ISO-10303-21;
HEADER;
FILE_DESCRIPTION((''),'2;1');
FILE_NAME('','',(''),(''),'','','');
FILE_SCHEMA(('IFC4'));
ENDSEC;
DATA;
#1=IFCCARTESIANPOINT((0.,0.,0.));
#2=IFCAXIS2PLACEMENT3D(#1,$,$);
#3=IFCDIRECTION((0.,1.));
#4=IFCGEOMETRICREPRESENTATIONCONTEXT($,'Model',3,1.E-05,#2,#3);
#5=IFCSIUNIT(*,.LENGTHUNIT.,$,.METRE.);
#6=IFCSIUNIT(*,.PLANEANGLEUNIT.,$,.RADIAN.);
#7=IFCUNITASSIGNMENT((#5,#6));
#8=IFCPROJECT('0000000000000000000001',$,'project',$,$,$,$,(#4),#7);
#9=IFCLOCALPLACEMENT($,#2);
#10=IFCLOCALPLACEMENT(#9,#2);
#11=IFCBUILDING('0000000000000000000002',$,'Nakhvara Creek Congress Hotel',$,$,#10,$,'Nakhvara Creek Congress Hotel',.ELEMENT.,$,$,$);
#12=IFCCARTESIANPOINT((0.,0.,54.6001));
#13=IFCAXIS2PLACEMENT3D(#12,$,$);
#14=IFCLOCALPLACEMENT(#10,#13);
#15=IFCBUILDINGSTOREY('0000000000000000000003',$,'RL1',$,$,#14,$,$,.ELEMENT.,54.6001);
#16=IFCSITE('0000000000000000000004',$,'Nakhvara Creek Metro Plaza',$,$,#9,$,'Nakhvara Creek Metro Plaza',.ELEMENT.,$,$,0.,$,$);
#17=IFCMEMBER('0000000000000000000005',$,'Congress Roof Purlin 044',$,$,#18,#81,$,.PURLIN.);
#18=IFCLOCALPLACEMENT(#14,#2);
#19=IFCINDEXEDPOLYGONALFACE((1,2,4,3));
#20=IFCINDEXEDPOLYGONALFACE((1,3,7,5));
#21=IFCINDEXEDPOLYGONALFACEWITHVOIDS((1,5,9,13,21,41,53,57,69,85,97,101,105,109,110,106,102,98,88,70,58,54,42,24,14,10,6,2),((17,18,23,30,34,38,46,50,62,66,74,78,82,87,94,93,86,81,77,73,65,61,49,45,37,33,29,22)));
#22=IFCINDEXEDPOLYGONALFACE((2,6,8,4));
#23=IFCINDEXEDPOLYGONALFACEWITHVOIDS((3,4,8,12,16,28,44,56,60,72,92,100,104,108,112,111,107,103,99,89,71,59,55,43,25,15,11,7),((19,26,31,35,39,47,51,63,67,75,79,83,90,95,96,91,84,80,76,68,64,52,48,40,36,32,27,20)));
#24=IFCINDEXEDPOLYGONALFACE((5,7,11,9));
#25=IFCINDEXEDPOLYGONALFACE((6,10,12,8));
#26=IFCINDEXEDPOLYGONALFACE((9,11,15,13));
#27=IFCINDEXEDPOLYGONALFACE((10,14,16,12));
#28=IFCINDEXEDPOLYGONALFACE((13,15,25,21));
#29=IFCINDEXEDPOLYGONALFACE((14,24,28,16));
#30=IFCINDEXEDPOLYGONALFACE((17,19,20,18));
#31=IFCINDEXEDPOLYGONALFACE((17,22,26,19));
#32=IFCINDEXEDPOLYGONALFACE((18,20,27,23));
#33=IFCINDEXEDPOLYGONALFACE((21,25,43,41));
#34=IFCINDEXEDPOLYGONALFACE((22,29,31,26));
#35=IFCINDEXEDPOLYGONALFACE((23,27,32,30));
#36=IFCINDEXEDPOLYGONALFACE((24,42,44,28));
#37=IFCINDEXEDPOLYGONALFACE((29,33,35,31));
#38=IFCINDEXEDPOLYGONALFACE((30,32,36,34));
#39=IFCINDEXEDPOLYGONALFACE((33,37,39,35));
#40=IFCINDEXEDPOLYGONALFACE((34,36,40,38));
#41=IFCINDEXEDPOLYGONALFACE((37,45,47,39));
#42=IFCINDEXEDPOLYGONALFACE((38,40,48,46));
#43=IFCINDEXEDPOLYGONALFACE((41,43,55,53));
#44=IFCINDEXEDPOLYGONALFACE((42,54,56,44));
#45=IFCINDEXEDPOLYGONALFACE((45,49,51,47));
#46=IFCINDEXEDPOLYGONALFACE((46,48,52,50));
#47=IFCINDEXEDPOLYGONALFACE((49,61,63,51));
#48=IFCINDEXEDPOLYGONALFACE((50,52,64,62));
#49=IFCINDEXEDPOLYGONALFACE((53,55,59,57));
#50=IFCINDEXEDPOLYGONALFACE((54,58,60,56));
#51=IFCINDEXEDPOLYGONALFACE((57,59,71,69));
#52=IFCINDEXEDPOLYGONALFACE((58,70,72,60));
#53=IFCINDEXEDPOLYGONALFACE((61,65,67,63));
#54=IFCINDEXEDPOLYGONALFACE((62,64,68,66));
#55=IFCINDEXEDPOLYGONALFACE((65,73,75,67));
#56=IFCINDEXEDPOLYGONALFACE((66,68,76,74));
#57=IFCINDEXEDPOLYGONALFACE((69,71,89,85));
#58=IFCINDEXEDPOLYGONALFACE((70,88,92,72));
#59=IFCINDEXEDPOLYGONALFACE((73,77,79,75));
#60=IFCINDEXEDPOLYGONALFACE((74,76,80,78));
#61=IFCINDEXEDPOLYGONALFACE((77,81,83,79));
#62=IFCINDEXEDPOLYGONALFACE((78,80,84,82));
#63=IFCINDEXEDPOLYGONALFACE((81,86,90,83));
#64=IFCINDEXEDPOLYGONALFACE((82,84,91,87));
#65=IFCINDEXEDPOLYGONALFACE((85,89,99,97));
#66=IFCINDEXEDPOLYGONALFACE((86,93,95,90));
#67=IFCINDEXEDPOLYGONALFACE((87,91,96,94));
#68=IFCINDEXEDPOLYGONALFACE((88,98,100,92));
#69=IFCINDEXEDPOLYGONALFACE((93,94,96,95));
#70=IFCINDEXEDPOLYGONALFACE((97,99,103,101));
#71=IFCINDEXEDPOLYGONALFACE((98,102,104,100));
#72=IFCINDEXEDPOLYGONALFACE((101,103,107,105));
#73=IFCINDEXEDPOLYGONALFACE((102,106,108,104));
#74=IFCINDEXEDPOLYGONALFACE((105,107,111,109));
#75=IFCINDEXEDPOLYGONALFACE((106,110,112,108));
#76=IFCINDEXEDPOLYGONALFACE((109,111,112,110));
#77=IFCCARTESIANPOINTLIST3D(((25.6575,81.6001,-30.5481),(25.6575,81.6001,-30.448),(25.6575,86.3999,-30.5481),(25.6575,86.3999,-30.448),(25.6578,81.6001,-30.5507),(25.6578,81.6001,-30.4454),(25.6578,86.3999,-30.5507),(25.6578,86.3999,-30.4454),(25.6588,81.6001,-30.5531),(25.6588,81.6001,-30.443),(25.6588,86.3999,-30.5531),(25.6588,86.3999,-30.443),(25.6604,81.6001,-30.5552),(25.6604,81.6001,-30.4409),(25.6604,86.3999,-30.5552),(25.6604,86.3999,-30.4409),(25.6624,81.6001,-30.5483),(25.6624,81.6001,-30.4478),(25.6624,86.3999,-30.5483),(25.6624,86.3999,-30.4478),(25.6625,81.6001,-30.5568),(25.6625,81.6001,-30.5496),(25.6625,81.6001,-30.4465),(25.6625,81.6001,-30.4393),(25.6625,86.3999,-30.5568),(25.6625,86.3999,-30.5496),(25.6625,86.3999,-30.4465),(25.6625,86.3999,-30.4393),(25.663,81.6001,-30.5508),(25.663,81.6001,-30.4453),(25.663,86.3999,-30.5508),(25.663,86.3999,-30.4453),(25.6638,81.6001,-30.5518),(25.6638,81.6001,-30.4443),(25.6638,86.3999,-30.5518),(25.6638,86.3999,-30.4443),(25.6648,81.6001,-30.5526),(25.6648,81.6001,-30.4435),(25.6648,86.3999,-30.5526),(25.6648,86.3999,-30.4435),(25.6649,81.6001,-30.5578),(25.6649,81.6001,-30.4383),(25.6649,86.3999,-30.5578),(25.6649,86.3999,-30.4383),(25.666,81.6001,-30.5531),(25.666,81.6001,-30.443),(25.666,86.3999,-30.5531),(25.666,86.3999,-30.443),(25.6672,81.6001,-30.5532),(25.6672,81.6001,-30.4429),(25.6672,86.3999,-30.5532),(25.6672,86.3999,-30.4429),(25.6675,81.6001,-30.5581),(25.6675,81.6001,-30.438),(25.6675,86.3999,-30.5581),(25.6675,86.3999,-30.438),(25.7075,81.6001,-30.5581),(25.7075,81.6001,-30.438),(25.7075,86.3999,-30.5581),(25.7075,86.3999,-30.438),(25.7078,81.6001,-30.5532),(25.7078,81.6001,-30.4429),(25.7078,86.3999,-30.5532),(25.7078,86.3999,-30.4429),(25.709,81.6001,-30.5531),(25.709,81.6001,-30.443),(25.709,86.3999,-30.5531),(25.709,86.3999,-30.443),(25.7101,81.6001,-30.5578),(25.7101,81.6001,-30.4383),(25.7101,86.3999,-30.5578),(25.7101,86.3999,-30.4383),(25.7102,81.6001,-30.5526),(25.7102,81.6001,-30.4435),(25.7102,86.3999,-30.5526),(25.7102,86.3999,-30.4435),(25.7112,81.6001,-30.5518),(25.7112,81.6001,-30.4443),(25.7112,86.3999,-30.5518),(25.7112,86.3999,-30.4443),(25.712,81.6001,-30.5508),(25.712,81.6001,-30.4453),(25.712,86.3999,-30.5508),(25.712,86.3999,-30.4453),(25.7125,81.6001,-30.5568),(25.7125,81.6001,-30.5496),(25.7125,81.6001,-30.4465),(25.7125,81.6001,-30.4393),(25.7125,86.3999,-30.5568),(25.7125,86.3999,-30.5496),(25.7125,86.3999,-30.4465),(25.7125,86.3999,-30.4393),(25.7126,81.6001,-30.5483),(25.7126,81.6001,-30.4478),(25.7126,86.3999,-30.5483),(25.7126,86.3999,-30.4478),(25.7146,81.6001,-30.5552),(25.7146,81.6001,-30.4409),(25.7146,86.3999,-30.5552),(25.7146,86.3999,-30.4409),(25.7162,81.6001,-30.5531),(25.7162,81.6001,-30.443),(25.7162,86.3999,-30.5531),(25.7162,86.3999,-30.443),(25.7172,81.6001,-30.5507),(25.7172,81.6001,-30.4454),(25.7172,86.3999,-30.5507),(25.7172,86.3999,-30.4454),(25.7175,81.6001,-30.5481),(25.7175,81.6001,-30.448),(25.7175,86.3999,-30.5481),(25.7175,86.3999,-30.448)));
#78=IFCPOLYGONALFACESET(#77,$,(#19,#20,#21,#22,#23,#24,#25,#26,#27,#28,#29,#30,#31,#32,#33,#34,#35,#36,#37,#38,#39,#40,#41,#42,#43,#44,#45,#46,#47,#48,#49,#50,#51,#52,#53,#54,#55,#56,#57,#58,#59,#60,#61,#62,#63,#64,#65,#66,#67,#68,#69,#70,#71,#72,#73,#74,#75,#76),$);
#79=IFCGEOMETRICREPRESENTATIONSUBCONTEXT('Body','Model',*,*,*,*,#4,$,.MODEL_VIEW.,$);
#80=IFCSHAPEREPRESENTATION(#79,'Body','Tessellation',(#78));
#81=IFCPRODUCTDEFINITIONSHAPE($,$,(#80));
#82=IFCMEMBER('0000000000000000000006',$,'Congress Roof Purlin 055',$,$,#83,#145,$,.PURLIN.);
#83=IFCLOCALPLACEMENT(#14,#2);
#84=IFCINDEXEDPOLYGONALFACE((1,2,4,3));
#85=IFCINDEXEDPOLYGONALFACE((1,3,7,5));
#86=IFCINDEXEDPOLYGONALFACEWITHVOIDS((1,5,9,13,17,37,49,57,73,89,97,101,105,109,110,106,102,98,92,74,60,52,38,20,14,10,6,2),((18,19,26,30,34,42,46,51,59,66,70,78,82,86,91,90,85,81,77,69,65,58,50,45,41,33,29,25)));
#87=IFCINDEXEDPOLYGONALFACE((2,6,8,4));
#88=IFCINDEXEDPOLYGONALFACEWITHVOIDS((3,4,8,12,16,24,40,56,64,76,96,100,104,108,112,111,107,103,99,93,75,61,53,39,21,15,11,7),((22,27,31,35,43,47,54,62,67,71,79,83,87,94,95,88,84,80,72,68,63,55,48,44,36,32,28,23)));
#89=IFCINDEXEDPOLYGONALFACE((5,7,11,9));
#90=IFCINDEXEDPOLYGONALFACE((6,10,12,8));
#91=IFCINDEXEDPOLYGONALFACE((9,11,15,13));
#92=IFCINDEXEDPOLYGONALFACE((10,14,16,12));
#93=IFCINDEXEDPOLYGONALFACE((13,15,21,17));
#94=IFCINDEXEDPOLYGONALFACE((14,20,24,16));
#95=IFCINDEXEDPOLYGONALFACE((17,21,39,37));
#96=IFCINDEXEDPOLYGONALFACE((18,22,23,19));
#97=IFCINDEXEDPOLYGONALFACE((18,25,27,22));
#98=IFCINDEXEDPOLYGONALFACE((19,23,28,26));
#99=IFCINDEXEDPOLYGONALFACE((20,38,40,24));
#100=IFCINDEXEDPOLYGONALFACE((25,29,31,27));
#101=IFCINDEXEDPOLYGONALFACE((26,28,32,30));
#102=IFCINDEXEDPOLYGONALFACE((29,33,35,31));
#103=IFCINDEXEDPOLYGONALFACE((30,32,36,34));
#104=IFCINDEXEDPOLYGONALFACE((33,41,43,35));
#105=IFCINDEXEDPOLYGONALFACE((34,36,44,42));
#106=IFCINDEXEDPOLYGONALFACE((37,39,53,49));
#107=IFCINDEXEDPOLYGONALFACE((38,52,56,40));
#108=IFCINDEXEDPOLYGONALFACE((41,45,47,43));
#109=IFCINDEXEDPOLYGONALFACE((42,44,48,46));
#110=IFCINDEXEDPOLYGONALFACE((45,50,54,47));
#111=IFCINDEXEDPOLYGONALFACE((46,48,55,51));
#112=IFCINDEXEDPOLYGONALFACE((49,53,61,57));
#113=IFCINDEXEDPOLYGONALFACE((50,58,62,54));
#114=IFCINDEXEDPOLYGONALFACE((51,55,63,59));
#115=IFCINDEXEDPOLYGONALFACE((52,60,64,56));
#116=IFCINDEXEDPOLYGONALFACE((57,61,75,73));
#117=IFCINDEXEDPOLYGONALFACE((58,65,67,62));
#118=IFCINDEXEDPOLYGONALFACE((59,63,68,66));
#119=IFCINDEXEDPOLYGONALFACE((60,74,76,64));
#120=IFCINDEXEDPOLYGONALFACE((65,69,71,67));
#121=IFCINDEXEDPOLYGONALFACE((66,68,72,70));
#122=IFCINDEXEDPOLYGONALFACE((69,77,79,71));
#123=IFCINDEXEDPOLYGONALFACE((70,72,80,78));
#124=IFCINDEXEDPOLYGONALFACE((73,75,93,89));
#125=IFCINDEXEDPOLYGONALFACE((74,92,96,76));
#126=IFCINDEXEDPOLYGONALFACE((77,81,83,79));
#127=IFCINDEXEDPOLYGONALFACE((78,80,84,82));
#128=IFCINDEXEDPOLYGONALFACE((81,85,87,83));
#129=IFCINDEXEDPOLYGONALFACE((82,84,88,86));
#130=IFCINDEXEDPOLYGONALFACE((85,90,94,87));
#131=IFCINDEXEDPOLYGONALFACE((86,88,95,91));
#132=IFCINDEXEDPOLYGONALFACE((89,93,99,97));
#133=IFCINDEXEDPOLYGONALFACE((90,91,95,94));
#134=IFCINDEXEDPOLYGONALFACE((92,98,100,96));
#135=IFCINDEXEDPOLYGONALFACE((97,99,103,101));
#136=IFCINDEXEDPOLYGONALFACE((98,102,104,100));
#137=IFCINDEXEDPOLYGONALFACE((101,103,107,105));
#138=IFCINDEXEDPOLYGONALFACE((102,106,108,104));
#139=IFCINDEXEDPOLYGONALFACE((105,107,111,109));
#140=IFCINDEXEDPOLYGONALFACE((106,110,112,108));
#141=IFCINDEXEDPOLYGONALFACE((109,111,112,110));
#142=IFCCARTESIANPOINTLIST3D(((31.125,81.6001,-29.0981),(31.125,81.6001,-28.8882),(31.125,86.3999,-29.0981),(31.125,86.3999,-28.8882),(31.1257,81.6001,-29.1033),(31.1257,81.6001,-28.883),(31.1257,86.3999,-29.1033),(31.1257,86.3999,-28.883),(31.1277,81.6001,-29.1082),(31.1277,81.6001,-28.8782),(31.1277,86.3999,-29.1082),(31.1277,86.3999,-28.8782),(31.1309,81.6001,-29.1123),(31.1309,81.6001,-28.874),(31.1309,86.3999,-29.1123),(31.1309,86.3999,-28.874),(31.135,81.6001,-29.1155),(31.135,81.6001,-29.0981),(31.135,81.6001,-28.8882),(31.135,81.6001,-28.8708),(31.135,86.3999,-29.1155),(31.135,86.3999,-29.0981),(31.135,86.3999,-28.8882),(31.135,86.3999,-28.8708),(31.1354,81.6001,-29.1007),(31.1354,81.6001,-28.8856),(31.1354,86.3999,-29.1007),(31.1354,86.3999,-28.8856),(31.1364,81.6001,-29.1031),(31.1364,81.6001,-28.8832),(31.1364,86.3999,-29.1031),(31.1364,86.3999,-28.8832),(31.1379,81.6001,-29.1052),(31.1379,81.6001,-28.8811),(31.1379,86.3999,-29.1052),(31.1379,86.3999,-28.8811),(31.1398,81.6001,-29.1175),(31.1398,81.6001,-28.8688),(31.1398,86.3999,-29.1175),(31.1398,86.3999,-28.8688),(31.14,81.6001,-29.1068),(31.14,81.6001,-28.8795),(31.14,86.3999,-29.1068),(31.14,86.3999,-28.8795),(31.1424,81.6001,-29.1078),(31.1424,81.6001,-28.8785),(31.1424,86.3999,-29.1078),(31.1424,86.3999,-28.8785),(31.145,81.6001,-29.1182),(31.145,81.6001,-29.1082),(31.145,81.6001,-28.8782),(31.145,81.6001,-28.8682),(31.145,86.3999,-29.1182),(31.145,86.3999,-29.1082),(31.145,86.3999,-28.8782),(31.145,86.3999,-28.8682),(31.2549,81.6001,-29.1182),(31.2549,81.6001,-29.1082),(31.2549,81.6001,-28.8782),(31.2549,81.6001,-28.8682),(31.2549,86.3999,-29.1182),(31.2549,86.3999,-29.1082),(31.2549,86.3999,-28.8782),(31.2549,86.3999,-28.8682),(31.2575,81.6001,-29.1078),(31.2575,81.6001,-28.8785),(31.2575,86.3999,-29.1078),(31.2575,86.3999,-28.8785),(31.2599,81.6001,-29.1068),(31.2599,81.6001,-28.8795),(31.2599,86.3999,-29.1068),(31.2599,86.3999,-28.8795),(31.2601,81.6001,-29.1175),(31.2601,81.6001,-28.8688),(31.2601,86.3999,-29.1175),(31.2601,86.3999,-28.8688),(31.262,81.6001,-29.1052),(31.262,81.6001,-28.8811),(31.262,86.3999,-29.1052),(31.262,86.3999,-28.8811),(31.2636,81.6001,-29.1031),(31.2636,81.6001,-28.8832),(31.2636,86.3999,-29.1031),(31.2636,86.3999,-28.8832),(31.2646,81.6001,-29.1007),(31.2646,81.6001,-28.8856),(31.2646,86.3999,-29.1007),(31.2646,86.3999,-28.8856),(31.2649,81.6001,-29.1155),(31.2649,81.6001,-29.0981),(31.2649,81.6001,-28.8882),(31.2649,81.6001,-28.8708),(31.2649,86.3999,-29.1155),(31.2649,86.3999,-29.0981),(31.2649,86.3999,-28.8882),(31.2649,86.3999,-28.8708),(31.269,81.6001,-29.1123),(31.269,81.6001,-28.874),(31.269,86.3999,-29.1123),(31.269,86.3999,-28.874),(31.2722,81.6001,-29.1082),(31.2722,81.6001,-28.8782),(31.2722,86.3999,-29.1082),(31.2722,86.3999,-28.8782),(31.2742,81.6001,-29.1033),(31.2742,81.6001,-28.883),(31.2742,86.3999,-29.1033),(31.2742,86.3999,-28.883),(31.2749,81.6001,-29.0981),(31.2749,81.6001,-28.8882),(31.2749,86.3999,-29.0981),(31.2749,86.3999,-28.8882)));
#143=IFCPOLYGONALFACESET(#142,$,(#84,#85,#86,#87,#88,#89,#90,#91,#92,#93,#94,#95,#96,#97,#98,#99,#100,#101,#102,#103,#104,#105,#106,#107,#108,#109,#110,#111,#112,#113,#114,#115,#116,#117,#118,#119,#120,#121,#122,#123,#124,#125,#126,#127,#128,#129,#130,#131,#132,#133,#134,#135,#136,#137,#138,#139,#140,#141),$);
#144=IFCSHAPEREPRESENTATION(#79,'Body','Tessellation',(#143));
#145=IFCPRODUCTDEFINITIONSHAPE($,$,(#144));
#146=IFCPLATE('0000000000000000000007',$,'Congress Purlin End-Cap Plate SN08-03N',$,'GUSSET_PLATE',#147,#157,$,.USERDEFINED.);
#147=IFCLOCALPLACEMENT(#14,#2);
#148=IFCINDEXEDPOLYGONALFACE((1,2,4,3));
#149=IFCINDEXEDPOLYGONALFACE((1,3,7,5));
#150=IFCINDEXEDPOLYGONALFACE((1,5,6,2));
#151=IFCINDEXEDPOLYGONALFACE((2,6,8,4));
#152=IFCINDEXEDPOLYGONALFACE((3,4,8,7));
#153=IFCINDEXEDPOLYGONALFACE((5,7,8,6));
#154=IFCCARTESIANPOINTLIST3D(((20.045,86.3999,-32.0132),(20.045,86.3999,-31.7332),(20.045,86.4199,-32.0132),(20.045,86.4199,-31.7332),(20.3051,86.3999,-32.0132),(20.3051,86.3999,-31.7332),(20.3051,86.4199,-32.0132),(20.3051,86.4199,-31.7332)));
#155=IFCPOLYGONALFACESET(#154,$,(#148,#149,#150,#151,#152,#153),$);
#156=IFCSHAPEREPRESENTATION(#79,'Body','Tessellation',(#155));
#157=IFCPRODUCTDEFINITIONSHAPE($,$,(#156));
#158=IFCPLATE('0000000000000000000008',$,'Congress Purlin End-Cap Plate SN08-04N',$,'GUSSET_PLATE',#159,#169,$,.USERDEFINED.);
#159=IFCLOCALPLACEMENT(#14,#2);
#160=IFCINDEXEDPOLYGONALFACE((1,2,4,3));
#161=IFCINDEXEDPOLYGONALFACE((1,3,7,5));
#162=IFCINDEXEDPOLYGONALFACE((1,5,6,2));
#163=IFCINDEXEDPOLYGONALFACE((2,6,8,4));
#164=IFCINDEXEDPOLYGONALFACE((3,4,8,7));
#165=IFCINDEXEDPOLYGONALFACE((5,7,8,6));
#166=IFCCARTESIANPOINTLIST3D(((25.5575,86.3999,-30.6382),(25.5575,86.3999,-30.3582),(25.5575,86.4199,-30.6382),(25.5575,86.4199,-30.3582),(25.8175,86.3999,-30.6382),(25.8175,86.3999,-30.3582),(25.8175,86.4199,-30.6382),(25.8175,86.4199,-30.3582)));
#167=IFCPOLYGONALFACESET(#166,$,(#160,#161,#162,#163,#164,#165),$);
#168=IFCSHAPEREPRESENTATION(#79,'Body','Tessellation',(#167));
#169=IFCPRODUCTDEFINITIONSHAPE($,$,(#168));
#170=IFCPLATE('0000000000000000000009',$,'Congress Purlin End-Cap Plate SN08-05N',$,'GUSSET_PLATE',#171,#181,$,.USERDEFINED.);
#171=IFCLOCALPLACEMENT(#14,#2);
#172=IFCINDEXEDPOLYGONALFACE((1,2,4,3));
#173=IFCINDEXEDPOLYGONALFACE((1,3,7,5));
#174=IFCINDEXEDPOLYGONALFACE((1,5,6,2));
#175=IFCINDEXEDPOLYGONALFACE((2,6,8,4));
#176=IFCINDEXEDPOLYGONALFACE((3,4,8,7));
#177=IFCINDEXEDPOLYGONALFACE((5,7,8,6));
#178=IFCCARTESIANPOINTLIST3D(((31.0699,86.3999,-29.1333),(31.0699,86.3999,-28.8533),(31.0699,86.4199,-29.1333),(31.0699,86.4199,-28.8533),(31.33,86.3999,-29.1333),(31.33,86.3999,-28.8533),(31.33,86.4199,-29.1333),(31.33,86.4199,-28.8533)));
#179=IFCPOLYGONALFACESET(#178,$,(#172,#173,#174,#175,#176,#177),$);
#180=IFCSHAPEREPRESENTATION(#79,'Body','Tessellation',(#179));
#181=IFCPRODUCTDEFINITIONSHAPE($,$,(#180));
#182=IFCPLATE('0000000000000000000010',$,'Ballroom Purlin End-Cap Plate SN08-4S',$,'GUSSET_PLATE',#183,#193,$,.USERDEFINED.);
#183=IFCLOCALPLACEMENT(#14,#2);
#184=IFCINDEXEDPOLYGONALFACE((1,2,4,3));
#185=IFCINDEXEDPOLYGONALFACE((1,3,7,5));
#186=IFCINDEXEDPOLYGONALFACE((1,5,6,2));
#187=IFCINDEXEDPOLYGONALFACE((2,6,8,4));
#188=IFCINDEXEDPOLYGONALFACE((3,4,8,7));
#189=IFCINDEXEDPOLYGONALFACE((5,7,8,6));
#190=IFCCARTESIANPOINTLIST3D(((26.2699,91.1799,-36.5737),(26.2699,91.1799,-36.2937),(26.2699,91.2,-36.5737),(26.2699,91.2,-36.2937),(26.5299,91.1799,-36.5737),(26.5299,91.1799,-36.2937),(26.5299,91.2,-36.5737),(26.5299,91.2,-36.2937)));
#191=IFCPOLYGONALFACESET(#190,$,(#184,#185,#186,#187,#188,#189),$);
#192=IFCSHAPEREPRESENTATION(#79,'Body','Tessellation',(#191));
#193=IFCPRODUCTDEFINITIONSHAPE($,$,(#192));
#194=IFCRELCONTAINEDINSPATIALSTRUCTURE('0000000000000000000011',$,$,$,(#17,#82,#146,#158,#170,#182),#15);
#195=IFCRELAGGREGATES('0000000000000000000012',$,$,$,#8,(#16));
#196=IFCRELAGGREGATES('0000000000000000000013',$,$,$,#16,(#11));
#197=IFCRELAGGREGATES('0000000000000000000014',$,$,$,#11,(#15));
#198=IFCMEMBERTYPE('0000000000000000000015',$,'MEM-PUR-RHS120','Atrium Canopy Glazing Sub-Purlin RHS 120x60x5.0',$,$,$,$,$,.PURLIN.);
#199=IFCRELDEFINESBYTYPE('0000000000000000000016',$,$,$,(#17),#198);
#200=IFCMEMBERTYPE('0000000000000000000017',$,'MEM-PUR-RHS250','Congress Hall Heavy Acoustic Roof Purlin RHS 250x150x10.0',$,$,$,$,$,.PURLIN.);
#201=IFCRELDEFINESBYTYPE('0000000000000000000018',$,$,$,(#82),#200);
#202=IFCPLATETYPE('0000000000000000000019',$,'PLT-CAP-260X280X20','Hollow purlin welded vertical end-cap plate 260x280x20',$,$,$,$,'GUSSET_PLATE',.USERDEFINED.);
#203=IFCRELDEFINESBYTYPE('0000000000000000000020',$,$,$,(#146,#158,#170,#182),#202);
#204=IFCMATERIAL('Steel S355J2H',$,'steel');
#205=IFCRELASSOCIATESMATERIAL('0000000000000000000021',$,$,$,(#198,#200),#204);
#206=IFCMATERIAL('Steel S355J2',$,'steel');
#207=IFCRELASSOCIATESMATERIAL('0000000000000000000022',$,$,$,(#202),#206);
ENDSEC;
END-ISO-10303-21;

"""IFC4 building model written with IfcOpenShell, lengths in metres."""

from ifc_helpers import new_model, si_unit, direction, frame, origin, origin_2d, place, context, subcontext, project, spatial, rectangle, hollow_rectangle, extrude, material, material_profile, profile_set, type_object, element, save


model = new_model("IFC4")

# Units and contexts
model_context = context("Model", 3, precision=1e-05, world=origin(), true_north=direction((0.0, 1.0)))
body_context = subcontext(model_context, "Body", "Model", "MODEL_VIEW")
ifc_project = project(units=[si_unit("LENGTHUNIT", "METRE"), si_unit("PLANEANGLEUNIT", "RADIAN")], contexts=[model_context])

# Site, building, storey
site_placement = place(None, origin())
site = spatial("IfcSite", under=ifc_project, at=site_placement, Name="Nakhvara Creek Metro Plaza", LongName="Nakhvara Creek Metro Plaza", CompositionType="ELEMENT", RefElevation=0.0)
building_placement = place(site_placement, origin())
building = spatial("IfcBuilding", under=site, at=building_placement, Name="Nakhvara Creek Congress Hotel", LongName="Nakhvara Creek Congress Hotel", CompositionType="ELEMENT")
storey_placement = place(building_placement, frame((0.0, 0.0, 54.6001)))
storey = spatial("IfcBuildingStorey", under=building, at=storey_placement, Name="RL1", CompositionType="ELEMENT", Elevation=54.6001)

# Members
ifc_material_1 = material(Name="Steel S355J2H", Category="steel")
ifc_material_profile_1 = material_profile(ifc_material_1, hollow_rectangle(XDim=0.0601, YDim=0.1201, WallThickness=0.0049, InnerFilletRadius=0.0049, OuterFilletRadius=0.01, at=origin_2d()), Name="RHS 120x60x5.0", Category="LoadBearing")
ifc_profile_set_1 = profile_set([ifc_material_profile_1], Name="Steel S355J2H")
member_type_1 = type_object("IfcMemberType", Name="MEM-PUR-RHS120", Description="Atrium Canopy Glazing Sub-Purlin RHS 120x60x5.0", PredefinedType="PURLIN", material=ifc_profile_set_1)
member_1_placement = place(storey_placement, frame((25.6875, 81.6001, -30.498), z_axis=(0.0, 1.0, 0.0), x_axis=(-1.0, 0.0, 0.0)))
element("IfcMember", 1, at=member_1_placement, inside=storey, type_object=member_type_1, Name="Congress Roof Purlin 044", PredefinedType="PURLIN", context=body_context, shape_type="SweptSolid", body=[
    extrude(hollow_rectangle(XDim=0.0601, YDim=0.1201, WallThickness=0.0049, InnerFilletRadius=0.0049, OuterFilletRadius=0.01, at=origin_2d()), origin(), (0.0, 0.0, 1.0), 4.7998),
])
ifc_material_profile_2 = material_profile(ifc_material_1, hollow_rectangle(XDim=0.1499, YDim=0.25, WallThickness=0.01, InnerFilletRadius=0.01, OuterFilletRadius=0.02, at=origin_2d()), Name="RHS 250x150x10.0", Category="LoadBearing")
ifc_profile_set_2 = profile_set([ifc_material_profile_2], Name="Steel S355J2H")
member_type_2 = type_object("IfcMemberType", Name="MEM-PUR-RHS250", Description="Congress Hall Heavy Acoustic Roof Purlin RHS 250x150x10.0", PredefinedType="PURLIN", material=ifc_profile_set_2)
member_2_placement = place(storey_placement, frame((31.2, 81.6001, -28.9932), z_axis=(0.0, 1.0, 0.0), x_axis=(-1.0, 0.0, 0.0)))
element("IfcMember", 2, at=member_2_placement, inside=storey, type_object=member_type_2, Name="Congress Roof Purlin 055", PredefinedType="PURLIN", context=body_context, shape_type="SweptSolid", body=[
    extrude(hollow_rectangle(XDim=0.1499, YDim=0.25, WallThickness=0.01, InnerFilletRadius=0.01, OuterFilletRadius=0.02, at=origin_2d()), origin(), (0.0, 0.0, 1.0), 4.7998),
])

# Plates
ifc_material_2 = material(Name="Steel S355J2", Category="steel")
plate_type_1 = type_object("IfcPlateType", Name="PLT-CAP-260X280X20", Description="Hollow purlin welded vertical end-cap plate 260x280x20", ElementType="GUSSET_PLATE", PredefinedType="USERDEFINED", material=ifc_material_2)
for number, where, z_axis, x_axis, name in (
    (3, (20.175, 86.4099, -32.0132), (0.0, 0.0, 1.0), (1.0, 0.0, 0.0), "Congress Purlin End-Cap Plate SN08-03N"),
    (4, (25.6875, 86.4099, -30.6382), (0.0, 0.0, 1.0), (1.0, 0.0, 0.0), "Congress Purlin End-Cap Plate SN08-04N"),
    (5, (31.2, 86.4099, -29.1333), (0.0, 0.0, 1.0), (1.0, 0.0, 0.0), "Congress Purlin End-Cap Plate SN08-05N"),
    (6, (26.3999, 91.1899, -36.5737), (0.0, 0.0, 1.0), (1.0, 0.0, 0.0), "Ballroom Purlin End-Cap Plate SN08-4S"),
):
    element("IfcPlate", number, at=place(storey_placement, frame(where, z_axis=z_axis, x_axis=x_axis)), inside=storey, type_object=plate_type_1, Name=name, ObjectType="GUSSET_PLATE", PredefinedType="USERDEFINED", context=body_context, shape_type="SweptSolid", body=[
        extrude(rectangle(XDim=0.26, YDim=0.02, at=origin_2d()), origin(), (0.0, 0.0, 1.0), 0.28),
    ])

save(model, "model.ifc")
